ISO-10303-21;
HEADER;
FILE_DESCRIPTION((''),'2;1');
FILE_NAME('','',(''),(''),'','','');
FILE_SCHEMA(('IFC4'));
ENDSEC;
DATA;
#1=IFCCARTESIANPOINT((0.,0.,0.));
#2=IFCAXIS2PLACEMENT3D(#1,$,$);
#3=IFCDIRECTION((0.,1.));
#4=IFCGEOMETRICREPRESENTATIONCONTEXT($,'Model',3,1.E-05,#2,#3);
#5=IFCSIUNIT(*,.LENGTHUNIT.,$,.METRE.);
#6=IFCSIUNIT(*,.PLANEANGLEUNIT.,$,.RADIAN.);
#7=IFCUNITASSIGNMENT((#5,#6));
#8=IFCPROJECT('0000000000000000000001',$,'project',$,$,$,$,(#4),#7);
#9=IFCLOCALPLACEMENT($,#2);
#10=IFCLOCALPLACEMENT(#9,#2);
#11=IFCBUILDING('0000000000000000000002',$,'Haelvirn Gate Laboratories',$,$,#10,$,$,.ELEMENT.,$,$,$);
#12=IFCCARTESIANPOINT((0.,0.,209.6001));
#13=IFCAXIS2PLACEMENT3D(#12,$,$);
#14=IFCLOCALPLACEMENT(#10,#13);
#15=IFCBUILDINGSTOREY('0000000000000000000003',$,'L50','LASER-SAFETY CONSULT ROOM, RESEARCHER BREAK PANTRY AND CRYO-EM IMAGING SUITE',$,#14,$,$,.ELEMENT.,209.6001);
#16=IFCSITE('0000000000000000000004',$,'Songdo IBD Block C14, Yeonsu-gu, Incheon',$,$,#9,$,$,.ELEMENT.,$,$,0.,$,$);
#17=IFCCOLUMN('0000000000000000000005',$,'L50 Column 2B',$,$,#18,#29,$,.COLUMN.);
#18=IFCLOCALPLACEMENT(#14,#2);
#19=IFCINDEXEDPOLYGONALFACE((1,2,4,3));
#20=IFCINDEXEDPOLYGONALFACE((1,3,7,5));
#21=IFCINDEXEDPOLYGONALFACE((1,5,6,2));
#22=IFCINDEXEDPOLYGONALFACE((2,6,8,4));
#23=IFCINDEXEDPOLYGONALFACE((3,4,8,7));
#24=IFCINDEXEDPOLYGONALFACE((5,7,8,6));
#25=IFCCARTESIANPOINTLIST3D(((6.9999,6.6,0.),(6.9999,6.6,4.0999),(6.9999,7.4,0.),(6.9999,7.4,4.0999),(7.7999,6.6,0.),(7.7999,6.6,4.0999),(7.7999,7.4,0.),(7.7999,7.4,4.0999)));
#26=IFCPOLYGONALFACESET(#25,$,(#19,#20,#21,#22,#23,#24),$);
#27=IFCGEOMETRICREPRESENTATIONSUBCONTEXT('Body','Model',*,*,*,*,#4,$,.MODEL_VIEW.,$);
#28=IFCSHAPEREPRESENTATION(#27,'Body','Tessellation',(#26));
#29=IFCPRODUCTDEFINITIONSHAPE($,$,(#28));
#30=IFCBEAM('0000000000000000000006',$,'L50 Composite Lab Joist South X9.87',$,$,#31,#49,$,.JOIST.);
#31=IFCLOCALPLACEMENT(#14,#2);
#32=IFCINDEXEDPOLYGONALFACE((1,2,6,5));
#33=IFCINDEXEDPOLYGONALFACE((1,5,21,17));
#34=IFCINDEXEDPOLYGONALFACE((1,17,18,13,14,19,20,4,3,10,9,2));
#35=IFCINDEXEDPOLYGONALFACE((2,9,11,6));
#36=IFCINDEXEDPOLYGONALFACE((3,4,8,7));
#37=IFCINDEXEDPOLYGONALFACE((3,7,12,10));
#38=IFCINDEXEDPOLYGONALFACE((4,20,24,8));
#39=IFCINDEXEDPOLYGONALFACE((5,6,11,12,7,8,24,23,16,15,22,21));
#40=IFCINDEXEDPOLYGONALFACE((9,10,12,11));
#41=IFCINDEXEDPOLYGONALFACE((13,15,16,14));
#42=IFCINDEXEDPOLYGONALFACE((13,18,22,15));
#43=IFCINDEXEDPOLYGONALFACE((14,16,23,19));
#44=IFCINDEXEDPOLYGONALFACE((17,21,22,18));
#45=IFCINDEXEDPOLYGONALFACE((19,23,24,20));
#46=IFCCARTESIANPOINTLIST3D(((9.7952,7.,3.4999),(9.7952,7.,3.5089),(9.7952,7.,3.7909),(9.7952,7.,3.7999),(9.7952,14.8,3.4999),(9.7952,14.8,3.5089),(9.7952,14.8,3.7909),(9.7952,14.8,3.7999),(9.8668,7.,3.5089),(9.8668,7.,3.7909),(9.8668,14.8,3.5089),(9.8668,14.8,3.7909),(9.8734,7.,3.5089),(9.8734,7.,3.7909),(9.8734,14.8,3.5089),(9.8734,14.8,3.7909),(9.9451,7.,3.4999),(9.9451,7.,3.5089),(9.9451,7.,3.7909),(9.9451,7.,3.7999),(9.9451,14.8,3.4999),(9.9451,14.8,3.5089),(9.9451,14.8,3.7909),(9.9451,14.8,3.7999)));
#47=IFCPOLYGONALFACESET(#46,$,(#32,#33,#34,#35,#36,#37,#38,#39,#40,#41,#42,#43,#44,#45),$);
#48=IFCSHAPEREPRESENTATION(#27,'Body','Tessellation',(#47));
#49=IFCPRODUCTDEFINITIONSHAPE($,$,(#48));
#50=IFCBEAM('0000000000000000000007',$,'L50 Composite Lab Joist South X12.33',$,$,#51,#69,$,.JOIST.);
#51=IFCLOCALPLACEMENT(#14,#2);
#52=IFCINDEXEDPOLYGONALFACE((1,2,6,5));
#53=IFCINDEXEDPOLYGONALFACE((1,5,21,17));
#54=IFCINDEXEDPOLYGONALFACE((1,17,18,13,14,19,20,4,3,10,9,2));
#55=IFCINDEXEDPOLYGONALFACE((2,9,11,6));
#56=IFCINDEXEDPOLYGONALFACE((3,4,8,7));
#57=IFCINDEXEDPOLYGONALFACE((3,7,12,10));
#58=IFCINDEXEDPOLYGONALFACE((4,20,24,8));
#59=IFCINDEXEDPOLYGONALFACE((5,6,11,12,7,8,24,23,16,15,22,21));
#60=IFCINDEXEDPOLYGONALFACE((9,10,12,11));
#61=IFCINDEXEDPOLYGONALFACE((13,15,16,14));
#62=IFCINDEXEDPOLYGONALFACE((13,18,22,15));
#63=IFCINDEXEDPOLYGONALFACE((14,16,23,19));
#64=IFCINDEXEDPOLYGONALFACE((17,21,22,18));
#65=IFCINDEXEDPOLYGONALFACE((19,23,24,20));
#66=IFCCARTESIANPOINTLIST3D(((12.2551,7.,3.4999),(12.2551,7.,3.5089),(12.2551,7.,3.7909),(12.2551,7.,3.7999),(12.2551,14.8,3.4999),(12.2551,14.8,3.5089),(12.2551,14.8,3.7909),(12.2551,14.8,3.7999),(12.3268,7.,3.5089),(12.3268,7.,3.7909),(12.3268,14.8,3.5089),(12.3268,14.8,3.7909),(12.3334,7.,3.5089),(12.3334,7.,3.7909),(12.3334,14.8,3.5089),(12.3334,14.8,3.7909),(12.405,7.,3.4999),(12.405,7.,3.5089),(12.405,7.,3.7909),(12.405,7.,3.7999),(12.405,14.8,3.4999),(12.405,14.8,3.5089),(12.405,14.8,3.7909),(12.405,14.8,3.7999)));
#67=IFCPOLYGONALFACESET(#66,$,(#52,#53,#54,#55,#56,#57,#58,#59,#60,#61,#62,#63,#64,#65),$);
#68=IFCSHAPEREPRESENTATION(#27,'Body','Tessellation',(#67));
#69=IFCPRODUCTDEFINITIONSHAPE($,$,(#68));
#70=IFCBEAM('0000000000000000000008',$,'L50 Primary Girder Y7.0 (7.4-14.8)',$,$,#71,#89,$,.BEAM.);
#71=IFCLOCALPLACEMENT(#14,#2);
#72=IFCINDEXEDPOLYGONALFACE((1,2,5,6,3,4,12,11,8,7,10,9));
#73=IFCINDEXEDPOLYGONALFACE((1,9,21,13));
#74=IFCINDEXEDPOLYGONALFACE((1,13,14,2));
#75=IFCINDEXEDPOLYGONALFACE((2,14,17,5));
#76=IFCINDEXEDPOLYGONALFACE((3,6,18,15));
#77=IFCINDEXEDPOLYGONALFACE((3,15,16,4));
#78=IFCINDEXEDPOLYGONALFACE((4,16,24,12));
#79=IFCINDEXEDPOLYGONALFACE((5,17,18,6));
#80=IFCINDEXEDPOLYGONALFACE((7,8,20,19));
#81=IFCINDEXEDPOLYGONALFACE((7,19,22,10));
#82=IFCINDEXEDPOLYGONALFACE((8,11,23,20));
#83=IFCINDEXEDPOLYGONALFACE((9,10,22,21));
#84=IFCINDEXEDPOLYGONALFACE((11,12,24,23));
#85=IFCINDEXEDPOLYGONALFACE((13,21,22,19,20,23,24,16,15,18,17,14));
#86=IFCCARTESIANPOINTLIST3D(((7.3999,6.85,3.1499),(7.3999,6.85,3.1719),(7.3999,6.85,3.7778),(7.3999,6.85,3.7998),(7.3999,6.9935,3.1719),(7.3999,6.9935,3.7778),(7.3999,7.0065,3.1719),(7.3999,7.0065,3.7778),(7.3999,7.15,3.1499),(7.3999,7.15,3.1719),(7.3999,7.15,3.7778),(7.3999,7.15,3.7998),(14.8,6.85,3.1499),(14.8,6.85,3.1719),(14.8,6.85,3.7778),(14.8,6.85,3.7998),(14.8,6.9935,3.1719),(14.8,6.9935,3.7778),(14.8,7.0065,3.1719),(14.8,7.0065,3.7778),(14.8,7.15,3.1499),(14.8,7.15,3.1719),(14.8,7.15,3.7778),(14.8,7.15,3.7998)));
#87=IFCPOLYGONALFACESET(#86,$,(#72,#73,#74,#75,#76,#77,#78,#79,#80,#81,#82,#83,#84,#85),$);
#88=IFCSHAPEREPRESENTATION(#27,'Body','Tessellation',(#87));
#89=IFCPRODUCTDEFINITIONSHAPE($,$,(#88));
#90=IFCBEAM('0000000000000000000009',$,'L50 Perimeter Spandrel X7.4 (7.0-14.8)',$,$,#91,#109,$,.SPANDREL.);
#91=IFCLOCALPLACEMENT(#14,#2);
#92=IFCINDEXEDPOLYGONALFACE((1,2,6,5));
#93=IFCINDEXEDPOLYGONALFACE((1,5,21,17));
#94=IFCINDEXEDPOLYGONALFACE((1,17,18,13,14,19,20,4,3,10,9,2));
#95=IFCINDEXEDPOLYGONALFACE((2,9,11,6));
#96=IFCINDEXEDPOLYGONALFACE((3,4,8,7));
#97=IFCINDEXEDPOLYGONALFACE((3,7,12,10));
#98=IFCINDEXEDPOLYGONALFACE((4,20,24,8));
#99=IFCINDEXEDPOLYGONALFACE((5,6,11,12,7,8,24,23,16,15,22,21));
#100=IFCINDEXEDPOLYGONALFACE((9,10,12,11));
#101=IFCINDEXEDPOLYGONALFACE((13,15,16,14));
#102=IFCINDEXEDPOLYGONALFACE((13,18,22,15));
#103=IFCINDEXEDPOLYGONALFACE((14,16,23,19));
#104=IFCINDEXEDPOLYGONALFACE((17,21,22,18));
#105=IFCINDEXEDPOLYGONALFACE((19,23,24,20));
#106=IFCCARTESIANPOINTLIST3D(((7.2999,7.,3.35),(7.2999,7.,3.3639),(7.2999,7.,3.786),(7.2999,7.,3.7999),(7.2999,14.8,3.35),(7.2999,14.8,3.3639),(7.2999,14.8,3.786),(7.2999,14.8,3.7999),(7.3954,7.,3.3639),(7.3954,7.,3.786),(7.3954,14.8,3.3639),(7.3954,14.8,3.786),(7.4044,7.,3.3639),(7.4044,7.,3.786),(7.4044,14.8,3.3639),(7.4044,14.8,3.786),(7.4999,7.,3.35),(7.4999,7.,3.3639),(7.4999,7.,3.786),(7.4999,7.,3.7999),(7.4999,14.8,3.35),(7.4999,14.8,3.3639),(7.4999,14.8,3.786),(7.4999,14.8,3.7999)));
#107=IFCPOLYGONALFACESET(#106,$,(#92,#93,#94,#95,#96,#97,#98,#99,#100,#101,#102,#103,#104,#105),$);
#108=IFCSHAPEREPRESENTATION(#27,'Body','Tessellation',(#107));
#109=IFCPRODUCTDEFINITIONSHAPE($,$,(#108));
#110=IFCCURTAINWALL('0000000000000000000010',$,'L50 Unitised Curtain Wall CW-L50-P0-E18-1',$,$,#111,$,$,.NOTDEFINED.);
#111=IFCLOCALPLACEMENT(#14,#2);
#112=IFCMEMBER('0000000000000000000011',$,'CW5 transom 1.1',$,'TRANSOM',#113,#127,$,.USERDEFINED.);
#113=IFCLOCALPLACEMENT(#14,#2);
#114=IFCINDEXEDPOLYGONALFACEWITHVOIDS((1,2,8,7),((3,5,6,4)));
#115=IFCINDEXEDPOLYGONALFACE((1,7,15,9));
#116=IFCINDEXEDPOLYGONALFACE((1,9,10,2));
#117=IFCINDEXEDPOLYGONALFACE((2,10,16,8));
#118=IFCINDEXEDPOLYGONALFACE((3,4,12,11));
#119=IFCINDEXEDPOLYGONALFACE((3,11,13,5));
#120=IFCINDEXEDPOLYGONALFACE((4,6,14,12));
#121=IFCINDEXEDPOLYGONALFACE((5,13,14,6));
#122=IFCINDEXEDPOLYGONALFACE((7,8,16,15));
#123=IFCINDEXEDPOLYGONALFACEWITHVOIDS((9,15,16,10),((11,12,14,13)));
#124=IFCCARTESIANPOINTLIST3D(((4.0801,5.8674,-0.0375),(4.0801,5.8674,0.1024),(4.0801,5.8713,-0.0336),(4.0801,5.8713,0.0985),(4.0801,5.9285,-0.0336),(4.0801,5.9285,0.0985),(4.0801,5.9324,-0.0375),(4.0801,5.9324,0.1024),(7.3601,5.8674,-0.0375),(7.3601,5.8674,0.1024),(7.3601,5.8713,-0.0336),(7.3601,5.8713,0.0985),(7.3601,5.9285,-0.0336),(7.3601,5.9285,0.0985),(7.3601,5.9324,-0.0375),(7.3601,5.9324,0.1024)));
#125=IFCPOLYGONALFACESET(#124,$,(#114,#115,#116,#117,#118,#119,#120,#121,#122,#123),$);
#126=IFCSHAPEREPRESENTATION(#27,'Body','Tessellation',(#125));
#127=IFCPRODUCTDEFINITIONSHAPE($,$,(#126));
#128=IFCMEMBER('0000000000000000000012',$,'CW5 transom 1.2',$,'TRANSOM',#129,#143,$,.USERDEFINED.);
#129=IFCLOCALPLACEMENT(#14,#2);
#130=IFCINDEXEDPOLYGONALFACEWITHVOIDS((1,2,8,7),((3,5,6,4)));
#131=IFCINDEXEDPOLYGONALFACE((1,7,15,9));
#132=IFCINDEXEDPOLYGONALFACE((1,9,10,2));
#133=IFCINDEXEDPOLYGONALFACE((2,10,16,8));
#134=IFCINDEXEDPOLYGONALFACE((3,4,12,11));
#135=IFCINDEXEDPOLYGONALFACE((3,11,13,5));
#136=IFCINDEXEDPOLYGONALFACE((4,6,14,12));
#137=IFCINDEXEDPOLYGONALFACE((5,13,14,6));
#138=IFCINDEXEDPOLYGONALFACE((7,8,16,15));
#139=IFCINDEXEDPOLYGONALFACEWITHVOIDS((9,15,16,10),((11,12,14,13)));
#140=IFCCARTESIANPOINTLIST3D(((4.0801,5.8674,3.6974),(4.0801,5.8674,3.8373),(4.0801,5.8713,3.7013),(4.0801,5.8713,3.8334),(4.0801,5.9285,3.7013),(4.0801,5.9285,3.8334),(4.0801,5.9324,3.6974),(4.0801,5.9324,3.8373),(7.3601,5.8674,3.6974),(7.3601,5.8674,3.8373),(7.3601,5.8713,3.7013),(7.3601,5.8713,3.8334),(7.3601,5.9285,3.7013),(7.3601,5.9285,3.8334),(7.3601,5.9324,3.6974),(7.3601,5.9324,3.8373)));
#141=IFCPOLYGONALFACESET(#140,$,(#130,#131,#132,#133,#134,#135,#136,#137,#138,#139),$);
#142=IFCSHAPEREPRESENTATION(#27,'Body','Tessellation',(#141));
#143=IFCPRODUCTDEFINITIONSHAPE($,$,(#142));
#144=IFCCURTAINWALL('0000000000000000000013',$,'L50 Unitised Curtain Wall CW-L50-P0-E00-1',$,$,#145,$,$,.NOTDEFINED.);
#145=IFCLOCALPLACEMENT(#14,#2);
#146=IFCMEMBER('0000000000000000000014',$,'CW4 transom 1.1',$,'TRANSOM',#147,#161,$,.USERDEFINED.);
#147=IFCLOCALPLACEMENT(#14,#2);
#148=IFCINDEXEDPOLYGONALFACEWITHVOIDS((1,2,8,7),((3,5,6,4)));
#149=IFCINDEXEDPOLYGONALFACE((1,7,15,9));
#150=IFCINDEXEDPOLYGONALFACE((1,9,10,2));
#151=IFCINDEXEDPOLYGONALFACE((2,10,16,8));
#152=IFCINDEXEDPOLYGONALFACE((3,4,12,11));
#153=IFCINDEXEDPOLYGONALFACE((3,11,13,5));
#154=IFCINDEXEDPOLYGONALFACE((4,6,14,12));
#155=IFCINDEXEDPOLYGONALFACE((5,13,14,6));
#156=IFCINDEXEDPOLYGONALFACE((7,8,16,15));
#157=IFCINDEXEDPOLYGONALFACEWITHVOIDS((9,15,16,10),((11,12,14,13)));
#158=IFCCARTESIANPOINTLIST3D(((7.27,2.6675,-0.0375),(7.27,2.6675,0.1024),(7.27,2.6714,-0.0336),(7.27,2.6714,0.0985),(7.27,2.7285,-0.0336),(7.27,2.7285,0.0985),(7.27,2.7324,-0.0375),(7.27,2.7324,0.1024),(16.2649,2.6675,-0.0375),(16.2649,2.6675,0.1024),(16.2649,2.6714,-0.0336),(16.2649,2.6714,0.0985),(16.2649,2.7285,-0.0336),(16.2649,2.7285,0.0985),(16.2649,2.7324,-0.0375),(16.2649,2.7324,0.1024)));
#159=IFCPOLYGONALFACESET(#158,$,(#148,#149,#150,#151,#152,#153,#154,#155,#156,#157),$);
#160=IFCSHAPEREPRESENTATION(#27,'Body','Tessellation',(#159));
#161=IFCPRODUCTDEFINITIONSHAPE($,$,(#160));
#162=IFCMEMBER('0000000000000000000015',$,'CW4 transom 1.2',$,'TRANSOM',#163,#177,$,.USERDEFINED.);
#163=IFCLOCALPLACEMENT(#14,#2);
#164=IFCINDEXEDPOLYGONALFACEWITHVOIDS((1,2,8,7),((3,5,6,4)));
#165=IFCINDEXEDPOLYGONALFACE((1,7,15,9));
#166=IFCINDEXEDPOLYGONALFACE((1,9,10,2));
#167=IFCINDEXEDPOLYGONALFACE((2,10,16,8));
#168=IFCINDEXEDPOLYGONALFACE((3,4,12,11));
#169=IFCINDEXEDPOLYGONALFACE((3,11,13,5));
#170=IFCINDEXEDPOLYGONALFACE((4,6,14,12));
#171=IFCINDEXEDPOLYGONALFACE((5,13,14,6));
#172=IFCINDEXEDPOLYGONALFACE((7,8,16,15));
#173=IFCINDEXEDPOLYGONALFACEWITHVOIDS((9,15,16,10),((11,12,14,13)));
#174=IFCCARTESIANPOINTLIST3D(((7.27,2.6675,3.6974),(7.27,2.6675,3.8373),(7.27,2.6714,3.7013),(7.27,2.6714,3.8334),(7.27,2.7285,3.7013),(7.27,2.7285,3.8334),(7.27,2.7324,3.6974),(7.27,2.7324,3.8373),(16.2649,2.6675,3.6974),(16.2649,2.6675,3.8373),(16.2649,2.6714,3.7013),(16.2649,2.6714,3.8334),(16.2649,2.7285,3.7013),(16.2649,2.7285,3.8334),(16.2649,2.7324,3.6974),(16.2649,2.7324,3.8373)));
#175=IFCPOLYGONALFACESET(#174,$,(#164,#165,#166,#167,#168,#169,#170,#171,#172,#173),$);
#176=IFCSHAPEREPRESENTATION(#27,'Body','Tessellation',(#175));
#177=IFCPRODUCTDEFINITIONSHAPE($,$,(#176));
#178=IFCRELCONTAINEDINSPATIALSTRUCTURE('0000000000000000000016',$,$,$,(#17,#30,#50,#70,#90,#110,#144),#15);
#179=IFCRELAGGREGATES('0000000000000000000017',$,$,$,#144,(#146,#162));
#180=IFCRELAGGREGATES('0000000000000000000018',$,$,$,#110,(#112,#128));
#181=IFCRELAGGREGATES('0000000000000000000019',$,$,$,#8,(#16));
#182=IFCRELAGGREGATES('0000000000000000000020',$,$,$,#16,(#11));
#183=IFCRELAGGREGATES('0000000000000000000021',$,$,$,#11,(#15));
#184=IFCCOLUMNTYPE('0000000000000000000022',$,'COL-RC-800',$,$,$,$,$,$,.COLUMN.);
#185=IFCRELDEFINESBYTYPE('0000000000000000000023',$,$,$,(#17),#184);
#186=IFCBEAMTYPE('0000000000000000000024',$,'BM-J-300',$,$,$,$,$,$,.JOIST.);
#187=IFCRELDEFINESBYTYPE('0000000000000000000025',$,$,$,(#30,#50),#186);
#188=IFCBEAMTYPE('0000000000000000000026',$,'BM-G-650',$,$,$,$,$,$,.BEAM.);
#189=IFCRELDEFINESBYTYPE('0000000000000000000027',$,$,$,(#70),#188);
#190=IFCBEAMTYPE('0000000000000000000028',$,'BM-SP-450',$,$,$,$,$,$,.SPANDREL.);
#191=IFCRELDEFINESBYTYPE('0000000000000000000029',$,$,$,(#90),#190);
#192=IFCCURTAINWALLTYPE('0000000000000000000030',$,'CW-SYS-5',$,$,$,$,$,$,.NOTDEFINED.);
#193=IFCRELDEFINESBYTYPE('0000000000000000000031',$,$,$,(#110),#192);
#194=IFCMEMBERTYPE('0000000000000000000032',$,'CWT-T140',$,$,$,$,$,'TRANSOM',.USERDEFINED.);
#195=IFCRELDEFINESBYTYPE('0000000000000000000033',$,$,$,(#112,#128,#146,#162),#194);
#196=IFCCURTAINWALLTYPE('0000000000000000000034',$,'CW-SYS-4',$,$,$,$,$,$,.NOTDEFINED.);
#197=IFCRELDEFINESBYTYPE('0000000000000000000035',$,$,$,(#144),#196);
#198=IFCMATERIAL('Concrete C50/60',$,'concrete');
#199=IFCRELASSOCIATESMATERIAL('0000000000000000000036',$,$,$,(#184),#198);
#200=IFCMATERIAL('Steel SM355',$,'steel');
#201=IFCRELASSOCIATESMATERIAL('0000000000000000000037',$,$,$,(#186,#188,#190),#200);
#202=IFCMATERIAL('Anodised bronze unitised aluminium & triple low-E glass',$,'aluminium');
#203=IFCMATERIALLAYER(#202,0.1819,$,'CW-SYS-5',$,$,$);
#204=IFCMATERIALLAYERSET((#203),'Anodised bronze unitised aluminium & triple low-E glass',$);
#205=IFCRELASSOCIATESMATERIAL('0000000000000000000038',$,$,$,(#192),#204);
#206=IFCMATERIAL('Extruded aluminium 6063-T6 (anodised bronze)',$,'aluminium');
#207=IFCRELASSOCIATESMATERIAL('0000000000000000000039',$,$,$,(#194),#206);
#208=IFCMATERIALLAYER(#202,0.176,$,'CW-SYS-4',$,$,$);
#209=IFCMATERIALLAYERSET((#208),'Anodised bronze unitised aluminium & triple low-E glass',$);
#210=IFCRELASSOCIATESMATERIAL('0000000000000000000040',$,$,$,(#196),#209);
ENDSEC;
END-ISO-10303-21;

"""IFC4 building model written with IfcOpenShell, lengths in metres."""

from ifc_helpers import new_model, si_unit, direction, frame, origin, origin_2d, place, context, subcontext, project, spatial, rectangle, hollow_rectangle, i_section, extrude, source, transform, mapped, material, layer, layer_set, material_profile, profile_set, type_object, type_shapes, element, aggregate, save


model = new_model("IFC4")

# Units and contexts
model_context = context("Model", 3, precision=1e-05, world=origin(), true_north=direction((0.0, 1.0)))
body_context = subcontext(model_context, "Body", "Model", "MODEL_VIEW")
ifc_project = project(units=[si_unit("LENGTHUNIT", "METRE"), si_unit("PLANEANGLEUNIT", "RADIAN")], contexts=[model_context])

# Site, building, storey
site_placement = place(None, origin())
site = spatial("IfcSite", under=ifc_project, at=site_placement, Name="Songdo IBD Block C14, Yeonsu-gu, Incheon", CompositionType="ELEMENT", RefElevation=0.0)
building_placement = place(site_placement, origin())
building = spatial("IfcBuilding", under=site, at=building_placement, Name="Haelvirn Gate Laboratories", CompositionType="ELEMENT")
storey_placement = place(building_placement, frame((0.0, 0.0, 209.6001)))
storey = spatial("IfcBuildingStorey", under=building, at=storey_placement, Name="L50", Description="LASER-SAFETY CONSULT ROOM, RESEARCHER BREAK PANTRY AND CRYO-EM IMAGING SUITE", CompositionType="ELEMENT", Elevation=209.6001)

# Column
ifc_material_1 = material(Name="Concrete C50/60", Category="concrete")
ifc_material_profile_1 = material_profile(ifc_material_1, rectangle(XDim=0.8, YDim=0.8, at=origin_2d()), Name="RC-800x800")
ifc_profile_set_1 = profile_set([ifc_material_profile_1], Name="Concrete C50/60")
column_type = type_object("IfcColumnType", Name="COL-RC-800", PredefinedType="COLUMN", material=ifc_profile_set_1)
shared_shape_1 = source(origin(), body_context, "Body", "SweptSolid", [
    extrude(rectangle(XDim=0.8, YDim=0.8, at=origin_2d()), origin(), (0.0, 0.0, 1.0), 4.0999),
])
type_shapes(column_type, [shared_shape_1])
column_placement = place(storey_placement, frame((7.3999, 7.0, 0.0), z_axis=(0.0, 0.0, 1.0), x_axis=(1.0, 0.0, 0.0)))
element("IfcColumn", 1, at=column_placement, inside=storey, type_object=column_type, Name="L50 Column 2B", PredefinedType="COLUMN", context=body_context, shape_type="MappedRepresentation", body=[
    mapped(shared_shape_1, transform((0.0, 0.0, 0.0), scale=1.0)),
])

# Beams
ifc_material_2 = material(Name="Steel SM355", Category="steel")
ifc_material_profile_2 = material_profile(ifc_material_2, i_section(OverallWidth=0.1499, OverallDepth=0.3, WebThickness=0.0066, FlangeThickness=0.009, at=origin_2d()), Name="H-300x150x6.5x9")
ifc_profile_set_2 = profile_set([ifc_material_profile_2], Name="Steel SM355")
beam_type_1 = type_object("IfcBeamType", Name="BM-J-300", PredefinedType="JOIST", material=ifc_profile_set_2)
shared_shape_2 = source(origin(), body_context, "Body", "SweptSolid", [
    extrude(i_section(OverallWidth=0.1499, OverallDepth=0.3, WebThickness=0.0066, FlangeThickness=0.009, at=origin_2d()), origin(), (0.0, 0.0, 1.0), 7.8),
])
type_shapes(beam_type_1, [shared_shape_2])
for number, where, z_axis, x_axis, name in (
    (2, (9.8701, 7.0, 3.6499), (0.0, 1.0, 0.0), (-1.0, 0.0, 0.0), "L50 Composite Lab Joist South X9.87"),
    (3, (12.3301, 7.0, 3.6499), (0.0, 1.0, 0.0), (-1.0, 0.0, 0.0), "L50 Composite Lab Joist South X12.33"),
):
    element("IfcBeam", number, at=place(storey_placement, frame(where, z_axis=z_axis, x_axis=x_axis)), inside=storey, type_object=beam_type_1, Name=name, PredefinedType="JOIST", context=body_context, shape_type="MappedRepresentation", body=[
        mapped(shared_shape_2, transform((0.0, 0.0, 0.0), scale=1.0)),
    ])
ifc_material_profile_3 = material_profile(ifc_material_2, i_section(OverallWidth=0.3, OverallDepth=0.6499, WebThickness=0.0129, FlangeThickness=0.022, at=origin_2d()), Name="H-650x300x13x22")
ifc_profile_set_3 = profile_set([ifc_material_profile_3], Name="Steel SM355")
beam_type_2 = type_object("IfcBeamType", Name="BM-G-650", PredefinedType="BEAM", material=ifc_profile_set_3)
shared_shape_3 = source(origin(), body_context, "Body", "SweptSolid", [
    extrude(i_section(OverallWidth=0.3, OverallDepth=0.6499, WebThickness=0.0129, FlangeThickness=0.022, at=origin_2d()), origin(), (0.0, 0.0, 1.0), 7.4001),
])
type_shapes(beam_type_2, [shared_shape_3])
beam_1_placement = place(storey_placement, frame((7.3999, 7.0, 3.4749), z_axis=(1.0, 0.0, 0.0), x_axis=(0.0, 1.0, 0.0)))
element("IfcBeam", 4, at=beam_1_placement, inside=storey, type_object=beam_type_2, Name="L50 Primary Girder Y7.0 (7.4-14.8)", PredefinedType="BEAM", context=body_context, shape_type="MappedRepresentation", body=[
    mapped(shared_shape_3, transform((0.0, 0.0, 0.0), scale=1.0)),
])
ifc_material_profile_4 = material_profile(ifc_material_2, i_section(OverallWidth=0.2, OverallDepth=0.45, WebThickness=0.009, FlangeThickness=0.0139, at=origin_2d()), Name="H-450x200x9x14")
ifc_profile_set_4 = profile_set([ifc_material_profile_4], Name="Steel SM355")
beam_type_3 = type_object("IfcBeamType", Name="BM-SP-450", PredefinedType="SPANDREL", material=ifc_profile_set_4)
shared_shape_4 = source(origin(), body_context, "Body", "SweptSolid", [
    extrude(i_section(OverallWidth=0.2, OverallDepth=0.45, WebThickness=0.009, FlangeThickness=0.0139, at=origin_2d()), origin(), (0.0, 0.0, 1.0), 7.8),
])
type_shapes(beam_type_3, [shared_shape_4])
beam_2_placement = place(storey_placement, frame((7.3999, 7.0, 3.575), z_axis=(0.0, 1.0, 0.0), x_axis=(-1.0, 0.0, 0.0)))
element("IfcBeam", 5, at=beam_2_placement, inside=storey, type_object=beam_type_3, Name="L50 Perimeter Spandrel X7.4 (7.0-14.8)", PredefinedType="SPANDREL", context=body_context, shape_type="MappedRepresentation", body=[
    mapped(shared_shape_4, transform((0.0, 0.0, 0.0), scale=1.0)),
])

# Curtain walls, members
ifc_material_3 = material(Name="Anodised bronze unitised aluminium & triple low-E glass", Category="aluminium")
ifc_layer_1 = layer(ifc_material_3, 0.1819, Name="CW-SYS-5")
ifc_layer_set_1 = layer_set([ifc_layer_1], Name="Anodised bronze unitised aluminium & triple low-E glass")
curtain_wall_type_1 = type_object("IfcCurtainWallType", Name="CW-SYS-5", PredefinedType="NOTDEFINED", material=ifc_layer_set_1)
curtain_wall_1_placement = place(storey_placement, origin())
curtain_wall_1 = element("IfcCurtainWall", 6, at=curtain_wall_1_placement, inside=storey, type_object=curtain_wall_type_1, Name="L50 Unitised Curtain Wall CW-L50-P0-E18-1", PredefinedType="NOTDEFINED")
ifc_material_4 = material(Name="Extruded aluminium 6063-T6 (anodised bronze)", Category="aluminium")
ifc_material_profile_5 = material_profile(ifc_material_4, hollow_rectangle(XDim=0.0649, YDim=0.1399, WallThickness=0.0039, at=origin_2d()), Name="CWT-140x65x4")
ifc_profile_set_5 = profile_set([ifc_material_profile_5], Name="Extruded aluminium 6063-T6 (anodised bronze)")
member_type_1 = type_object("IfcMemberType", Name="CWT-T140", ElementType="TRANSOM", PredefinedType="USERDEFINED", material=ifc_profile_set_5)
shared_shape_5 = source(origin(), body_context, "Body", "SweptSolid", [
    extrude(hollow_rectangle(XDim=0.0649, YDim=0.1399, WallThickness=0.0039, at=origin_2d()), origin(), (0.0, 0.0, 1.0), 3.28),
])
member_1_placement = place(storey_placement, frame((4.0801, 5.8999, 0.0325), z_axis=(1.0, 0.0, 0.0), x_axis=(0.0, 1.0, 0.0)))
member_1 = element("IfcMember", 7, at=member_1_placement, type_object=member_type_1, Name="CW5 transom 1.1", ObjectType="TRANSOM", PredefinedType="USERDEFINED", context=body_context, shape_type="MappedRepresentation", body=[
    mapped(shared_shape_5, transform((0.0, 0.0, 0.0), scale=1.0)),
])
member_2_placement = place(storey_placement, frame((4.0801, 5.8999, 3.7673), z_axis=(1.0, 0.0, 0.0), x_axis=(0.0, 1.0, 0.0)))
member_2 = element("IfcMember", 8, at=member_2_placement, type_object=member_type_1, Name="CW5 transom 1.2", ObjectType="TRANSOM", PredefinedType="USERDEFINED", context=body_context, shape_type="MappedRepresentation", body=[
    mapped(shared_shape_5, transform((0.0, 0.0, 0.0), scale=1.0)),
])
ifc_layer_2 = layer(ifc_material_3, 0.176, Name="CW-SYS-4")
ifc_layer_set_2 = layer_set([ifc_layer_2], Name="Anodised bronze unitised aluminium & triple low-E glass")
curtain_wall_type_2 = type_object("IfcCurtainWallType", Name="CW-SYS-4", PredefinedType="NOTDEFINED", material=ifc_layer_set_2)
curtain_wall_2_placement = place(storey_placement, origin())
curtain_wall_2 = element("IfcCurtainWall", 9, at=curtain_wall_2_placement, inside=storey, type_object=curtain_wall_type_2, Name="L50 Unitised Curtain Wall CW-L50-P0-E00-1", PredefinedType="NOTDEFINED")
shared_shape_6 = source(origin(), body_context, "Body", "SweptSolid", [
    extrude(hollow_rectangle(XDim=0.0649, YDim=0.1399, WallThickness=0.0039, at=origin_2d()), origin(), (0.0, 0.0, 1.0), 8.9949),
])
type_shapes(member_type_1, [shared_shape_5, shared_shape_6])
member_3_placement = place(storey_placement, frame((7.27, 2.7, 0.0325), z_axis=(1.0, 0.0, 0.0), x_axis=(0.0, 1.0, 0.0)))
member_3 = element("IfcMember", 10, at=member_3_placement, type_object=member_type_1, Name="CW4 transom 1.1", ObjectType="TRANSOM", PredefinedType="USERDEFINED", context=body_context, shape_type="MappedRepresentation", body=[
    mapped(shared_shape_6, transform((0.0, 0.0, 0.0), scale=1.0)),
])
member_4_placement = place(storey_placement, frame((7.27, 2.7, 3.7673), z_axis=(1.0, 0.0, 0.0), x_axis=(0.0, 1.0, 0.0)))
member_4 = element("IfcMember", 11, at=member_4_placement, type_object=member_type_1, Name="CW4 transom 1.2", ObjectType="TRANSOM", PredefinedType="USERDEFINED", context=body_context, shape_type="MappedRepresentation", body=[
    mapped(shared_shape_6, transform((0.0, 0.0, 0.0), scale=1.0)),
])

aggregate(curtain_wall_2, [member_3, member_4])
aggregate(curtain_wall_1, [member_1, member_2])

save(model, "model.ifc")
